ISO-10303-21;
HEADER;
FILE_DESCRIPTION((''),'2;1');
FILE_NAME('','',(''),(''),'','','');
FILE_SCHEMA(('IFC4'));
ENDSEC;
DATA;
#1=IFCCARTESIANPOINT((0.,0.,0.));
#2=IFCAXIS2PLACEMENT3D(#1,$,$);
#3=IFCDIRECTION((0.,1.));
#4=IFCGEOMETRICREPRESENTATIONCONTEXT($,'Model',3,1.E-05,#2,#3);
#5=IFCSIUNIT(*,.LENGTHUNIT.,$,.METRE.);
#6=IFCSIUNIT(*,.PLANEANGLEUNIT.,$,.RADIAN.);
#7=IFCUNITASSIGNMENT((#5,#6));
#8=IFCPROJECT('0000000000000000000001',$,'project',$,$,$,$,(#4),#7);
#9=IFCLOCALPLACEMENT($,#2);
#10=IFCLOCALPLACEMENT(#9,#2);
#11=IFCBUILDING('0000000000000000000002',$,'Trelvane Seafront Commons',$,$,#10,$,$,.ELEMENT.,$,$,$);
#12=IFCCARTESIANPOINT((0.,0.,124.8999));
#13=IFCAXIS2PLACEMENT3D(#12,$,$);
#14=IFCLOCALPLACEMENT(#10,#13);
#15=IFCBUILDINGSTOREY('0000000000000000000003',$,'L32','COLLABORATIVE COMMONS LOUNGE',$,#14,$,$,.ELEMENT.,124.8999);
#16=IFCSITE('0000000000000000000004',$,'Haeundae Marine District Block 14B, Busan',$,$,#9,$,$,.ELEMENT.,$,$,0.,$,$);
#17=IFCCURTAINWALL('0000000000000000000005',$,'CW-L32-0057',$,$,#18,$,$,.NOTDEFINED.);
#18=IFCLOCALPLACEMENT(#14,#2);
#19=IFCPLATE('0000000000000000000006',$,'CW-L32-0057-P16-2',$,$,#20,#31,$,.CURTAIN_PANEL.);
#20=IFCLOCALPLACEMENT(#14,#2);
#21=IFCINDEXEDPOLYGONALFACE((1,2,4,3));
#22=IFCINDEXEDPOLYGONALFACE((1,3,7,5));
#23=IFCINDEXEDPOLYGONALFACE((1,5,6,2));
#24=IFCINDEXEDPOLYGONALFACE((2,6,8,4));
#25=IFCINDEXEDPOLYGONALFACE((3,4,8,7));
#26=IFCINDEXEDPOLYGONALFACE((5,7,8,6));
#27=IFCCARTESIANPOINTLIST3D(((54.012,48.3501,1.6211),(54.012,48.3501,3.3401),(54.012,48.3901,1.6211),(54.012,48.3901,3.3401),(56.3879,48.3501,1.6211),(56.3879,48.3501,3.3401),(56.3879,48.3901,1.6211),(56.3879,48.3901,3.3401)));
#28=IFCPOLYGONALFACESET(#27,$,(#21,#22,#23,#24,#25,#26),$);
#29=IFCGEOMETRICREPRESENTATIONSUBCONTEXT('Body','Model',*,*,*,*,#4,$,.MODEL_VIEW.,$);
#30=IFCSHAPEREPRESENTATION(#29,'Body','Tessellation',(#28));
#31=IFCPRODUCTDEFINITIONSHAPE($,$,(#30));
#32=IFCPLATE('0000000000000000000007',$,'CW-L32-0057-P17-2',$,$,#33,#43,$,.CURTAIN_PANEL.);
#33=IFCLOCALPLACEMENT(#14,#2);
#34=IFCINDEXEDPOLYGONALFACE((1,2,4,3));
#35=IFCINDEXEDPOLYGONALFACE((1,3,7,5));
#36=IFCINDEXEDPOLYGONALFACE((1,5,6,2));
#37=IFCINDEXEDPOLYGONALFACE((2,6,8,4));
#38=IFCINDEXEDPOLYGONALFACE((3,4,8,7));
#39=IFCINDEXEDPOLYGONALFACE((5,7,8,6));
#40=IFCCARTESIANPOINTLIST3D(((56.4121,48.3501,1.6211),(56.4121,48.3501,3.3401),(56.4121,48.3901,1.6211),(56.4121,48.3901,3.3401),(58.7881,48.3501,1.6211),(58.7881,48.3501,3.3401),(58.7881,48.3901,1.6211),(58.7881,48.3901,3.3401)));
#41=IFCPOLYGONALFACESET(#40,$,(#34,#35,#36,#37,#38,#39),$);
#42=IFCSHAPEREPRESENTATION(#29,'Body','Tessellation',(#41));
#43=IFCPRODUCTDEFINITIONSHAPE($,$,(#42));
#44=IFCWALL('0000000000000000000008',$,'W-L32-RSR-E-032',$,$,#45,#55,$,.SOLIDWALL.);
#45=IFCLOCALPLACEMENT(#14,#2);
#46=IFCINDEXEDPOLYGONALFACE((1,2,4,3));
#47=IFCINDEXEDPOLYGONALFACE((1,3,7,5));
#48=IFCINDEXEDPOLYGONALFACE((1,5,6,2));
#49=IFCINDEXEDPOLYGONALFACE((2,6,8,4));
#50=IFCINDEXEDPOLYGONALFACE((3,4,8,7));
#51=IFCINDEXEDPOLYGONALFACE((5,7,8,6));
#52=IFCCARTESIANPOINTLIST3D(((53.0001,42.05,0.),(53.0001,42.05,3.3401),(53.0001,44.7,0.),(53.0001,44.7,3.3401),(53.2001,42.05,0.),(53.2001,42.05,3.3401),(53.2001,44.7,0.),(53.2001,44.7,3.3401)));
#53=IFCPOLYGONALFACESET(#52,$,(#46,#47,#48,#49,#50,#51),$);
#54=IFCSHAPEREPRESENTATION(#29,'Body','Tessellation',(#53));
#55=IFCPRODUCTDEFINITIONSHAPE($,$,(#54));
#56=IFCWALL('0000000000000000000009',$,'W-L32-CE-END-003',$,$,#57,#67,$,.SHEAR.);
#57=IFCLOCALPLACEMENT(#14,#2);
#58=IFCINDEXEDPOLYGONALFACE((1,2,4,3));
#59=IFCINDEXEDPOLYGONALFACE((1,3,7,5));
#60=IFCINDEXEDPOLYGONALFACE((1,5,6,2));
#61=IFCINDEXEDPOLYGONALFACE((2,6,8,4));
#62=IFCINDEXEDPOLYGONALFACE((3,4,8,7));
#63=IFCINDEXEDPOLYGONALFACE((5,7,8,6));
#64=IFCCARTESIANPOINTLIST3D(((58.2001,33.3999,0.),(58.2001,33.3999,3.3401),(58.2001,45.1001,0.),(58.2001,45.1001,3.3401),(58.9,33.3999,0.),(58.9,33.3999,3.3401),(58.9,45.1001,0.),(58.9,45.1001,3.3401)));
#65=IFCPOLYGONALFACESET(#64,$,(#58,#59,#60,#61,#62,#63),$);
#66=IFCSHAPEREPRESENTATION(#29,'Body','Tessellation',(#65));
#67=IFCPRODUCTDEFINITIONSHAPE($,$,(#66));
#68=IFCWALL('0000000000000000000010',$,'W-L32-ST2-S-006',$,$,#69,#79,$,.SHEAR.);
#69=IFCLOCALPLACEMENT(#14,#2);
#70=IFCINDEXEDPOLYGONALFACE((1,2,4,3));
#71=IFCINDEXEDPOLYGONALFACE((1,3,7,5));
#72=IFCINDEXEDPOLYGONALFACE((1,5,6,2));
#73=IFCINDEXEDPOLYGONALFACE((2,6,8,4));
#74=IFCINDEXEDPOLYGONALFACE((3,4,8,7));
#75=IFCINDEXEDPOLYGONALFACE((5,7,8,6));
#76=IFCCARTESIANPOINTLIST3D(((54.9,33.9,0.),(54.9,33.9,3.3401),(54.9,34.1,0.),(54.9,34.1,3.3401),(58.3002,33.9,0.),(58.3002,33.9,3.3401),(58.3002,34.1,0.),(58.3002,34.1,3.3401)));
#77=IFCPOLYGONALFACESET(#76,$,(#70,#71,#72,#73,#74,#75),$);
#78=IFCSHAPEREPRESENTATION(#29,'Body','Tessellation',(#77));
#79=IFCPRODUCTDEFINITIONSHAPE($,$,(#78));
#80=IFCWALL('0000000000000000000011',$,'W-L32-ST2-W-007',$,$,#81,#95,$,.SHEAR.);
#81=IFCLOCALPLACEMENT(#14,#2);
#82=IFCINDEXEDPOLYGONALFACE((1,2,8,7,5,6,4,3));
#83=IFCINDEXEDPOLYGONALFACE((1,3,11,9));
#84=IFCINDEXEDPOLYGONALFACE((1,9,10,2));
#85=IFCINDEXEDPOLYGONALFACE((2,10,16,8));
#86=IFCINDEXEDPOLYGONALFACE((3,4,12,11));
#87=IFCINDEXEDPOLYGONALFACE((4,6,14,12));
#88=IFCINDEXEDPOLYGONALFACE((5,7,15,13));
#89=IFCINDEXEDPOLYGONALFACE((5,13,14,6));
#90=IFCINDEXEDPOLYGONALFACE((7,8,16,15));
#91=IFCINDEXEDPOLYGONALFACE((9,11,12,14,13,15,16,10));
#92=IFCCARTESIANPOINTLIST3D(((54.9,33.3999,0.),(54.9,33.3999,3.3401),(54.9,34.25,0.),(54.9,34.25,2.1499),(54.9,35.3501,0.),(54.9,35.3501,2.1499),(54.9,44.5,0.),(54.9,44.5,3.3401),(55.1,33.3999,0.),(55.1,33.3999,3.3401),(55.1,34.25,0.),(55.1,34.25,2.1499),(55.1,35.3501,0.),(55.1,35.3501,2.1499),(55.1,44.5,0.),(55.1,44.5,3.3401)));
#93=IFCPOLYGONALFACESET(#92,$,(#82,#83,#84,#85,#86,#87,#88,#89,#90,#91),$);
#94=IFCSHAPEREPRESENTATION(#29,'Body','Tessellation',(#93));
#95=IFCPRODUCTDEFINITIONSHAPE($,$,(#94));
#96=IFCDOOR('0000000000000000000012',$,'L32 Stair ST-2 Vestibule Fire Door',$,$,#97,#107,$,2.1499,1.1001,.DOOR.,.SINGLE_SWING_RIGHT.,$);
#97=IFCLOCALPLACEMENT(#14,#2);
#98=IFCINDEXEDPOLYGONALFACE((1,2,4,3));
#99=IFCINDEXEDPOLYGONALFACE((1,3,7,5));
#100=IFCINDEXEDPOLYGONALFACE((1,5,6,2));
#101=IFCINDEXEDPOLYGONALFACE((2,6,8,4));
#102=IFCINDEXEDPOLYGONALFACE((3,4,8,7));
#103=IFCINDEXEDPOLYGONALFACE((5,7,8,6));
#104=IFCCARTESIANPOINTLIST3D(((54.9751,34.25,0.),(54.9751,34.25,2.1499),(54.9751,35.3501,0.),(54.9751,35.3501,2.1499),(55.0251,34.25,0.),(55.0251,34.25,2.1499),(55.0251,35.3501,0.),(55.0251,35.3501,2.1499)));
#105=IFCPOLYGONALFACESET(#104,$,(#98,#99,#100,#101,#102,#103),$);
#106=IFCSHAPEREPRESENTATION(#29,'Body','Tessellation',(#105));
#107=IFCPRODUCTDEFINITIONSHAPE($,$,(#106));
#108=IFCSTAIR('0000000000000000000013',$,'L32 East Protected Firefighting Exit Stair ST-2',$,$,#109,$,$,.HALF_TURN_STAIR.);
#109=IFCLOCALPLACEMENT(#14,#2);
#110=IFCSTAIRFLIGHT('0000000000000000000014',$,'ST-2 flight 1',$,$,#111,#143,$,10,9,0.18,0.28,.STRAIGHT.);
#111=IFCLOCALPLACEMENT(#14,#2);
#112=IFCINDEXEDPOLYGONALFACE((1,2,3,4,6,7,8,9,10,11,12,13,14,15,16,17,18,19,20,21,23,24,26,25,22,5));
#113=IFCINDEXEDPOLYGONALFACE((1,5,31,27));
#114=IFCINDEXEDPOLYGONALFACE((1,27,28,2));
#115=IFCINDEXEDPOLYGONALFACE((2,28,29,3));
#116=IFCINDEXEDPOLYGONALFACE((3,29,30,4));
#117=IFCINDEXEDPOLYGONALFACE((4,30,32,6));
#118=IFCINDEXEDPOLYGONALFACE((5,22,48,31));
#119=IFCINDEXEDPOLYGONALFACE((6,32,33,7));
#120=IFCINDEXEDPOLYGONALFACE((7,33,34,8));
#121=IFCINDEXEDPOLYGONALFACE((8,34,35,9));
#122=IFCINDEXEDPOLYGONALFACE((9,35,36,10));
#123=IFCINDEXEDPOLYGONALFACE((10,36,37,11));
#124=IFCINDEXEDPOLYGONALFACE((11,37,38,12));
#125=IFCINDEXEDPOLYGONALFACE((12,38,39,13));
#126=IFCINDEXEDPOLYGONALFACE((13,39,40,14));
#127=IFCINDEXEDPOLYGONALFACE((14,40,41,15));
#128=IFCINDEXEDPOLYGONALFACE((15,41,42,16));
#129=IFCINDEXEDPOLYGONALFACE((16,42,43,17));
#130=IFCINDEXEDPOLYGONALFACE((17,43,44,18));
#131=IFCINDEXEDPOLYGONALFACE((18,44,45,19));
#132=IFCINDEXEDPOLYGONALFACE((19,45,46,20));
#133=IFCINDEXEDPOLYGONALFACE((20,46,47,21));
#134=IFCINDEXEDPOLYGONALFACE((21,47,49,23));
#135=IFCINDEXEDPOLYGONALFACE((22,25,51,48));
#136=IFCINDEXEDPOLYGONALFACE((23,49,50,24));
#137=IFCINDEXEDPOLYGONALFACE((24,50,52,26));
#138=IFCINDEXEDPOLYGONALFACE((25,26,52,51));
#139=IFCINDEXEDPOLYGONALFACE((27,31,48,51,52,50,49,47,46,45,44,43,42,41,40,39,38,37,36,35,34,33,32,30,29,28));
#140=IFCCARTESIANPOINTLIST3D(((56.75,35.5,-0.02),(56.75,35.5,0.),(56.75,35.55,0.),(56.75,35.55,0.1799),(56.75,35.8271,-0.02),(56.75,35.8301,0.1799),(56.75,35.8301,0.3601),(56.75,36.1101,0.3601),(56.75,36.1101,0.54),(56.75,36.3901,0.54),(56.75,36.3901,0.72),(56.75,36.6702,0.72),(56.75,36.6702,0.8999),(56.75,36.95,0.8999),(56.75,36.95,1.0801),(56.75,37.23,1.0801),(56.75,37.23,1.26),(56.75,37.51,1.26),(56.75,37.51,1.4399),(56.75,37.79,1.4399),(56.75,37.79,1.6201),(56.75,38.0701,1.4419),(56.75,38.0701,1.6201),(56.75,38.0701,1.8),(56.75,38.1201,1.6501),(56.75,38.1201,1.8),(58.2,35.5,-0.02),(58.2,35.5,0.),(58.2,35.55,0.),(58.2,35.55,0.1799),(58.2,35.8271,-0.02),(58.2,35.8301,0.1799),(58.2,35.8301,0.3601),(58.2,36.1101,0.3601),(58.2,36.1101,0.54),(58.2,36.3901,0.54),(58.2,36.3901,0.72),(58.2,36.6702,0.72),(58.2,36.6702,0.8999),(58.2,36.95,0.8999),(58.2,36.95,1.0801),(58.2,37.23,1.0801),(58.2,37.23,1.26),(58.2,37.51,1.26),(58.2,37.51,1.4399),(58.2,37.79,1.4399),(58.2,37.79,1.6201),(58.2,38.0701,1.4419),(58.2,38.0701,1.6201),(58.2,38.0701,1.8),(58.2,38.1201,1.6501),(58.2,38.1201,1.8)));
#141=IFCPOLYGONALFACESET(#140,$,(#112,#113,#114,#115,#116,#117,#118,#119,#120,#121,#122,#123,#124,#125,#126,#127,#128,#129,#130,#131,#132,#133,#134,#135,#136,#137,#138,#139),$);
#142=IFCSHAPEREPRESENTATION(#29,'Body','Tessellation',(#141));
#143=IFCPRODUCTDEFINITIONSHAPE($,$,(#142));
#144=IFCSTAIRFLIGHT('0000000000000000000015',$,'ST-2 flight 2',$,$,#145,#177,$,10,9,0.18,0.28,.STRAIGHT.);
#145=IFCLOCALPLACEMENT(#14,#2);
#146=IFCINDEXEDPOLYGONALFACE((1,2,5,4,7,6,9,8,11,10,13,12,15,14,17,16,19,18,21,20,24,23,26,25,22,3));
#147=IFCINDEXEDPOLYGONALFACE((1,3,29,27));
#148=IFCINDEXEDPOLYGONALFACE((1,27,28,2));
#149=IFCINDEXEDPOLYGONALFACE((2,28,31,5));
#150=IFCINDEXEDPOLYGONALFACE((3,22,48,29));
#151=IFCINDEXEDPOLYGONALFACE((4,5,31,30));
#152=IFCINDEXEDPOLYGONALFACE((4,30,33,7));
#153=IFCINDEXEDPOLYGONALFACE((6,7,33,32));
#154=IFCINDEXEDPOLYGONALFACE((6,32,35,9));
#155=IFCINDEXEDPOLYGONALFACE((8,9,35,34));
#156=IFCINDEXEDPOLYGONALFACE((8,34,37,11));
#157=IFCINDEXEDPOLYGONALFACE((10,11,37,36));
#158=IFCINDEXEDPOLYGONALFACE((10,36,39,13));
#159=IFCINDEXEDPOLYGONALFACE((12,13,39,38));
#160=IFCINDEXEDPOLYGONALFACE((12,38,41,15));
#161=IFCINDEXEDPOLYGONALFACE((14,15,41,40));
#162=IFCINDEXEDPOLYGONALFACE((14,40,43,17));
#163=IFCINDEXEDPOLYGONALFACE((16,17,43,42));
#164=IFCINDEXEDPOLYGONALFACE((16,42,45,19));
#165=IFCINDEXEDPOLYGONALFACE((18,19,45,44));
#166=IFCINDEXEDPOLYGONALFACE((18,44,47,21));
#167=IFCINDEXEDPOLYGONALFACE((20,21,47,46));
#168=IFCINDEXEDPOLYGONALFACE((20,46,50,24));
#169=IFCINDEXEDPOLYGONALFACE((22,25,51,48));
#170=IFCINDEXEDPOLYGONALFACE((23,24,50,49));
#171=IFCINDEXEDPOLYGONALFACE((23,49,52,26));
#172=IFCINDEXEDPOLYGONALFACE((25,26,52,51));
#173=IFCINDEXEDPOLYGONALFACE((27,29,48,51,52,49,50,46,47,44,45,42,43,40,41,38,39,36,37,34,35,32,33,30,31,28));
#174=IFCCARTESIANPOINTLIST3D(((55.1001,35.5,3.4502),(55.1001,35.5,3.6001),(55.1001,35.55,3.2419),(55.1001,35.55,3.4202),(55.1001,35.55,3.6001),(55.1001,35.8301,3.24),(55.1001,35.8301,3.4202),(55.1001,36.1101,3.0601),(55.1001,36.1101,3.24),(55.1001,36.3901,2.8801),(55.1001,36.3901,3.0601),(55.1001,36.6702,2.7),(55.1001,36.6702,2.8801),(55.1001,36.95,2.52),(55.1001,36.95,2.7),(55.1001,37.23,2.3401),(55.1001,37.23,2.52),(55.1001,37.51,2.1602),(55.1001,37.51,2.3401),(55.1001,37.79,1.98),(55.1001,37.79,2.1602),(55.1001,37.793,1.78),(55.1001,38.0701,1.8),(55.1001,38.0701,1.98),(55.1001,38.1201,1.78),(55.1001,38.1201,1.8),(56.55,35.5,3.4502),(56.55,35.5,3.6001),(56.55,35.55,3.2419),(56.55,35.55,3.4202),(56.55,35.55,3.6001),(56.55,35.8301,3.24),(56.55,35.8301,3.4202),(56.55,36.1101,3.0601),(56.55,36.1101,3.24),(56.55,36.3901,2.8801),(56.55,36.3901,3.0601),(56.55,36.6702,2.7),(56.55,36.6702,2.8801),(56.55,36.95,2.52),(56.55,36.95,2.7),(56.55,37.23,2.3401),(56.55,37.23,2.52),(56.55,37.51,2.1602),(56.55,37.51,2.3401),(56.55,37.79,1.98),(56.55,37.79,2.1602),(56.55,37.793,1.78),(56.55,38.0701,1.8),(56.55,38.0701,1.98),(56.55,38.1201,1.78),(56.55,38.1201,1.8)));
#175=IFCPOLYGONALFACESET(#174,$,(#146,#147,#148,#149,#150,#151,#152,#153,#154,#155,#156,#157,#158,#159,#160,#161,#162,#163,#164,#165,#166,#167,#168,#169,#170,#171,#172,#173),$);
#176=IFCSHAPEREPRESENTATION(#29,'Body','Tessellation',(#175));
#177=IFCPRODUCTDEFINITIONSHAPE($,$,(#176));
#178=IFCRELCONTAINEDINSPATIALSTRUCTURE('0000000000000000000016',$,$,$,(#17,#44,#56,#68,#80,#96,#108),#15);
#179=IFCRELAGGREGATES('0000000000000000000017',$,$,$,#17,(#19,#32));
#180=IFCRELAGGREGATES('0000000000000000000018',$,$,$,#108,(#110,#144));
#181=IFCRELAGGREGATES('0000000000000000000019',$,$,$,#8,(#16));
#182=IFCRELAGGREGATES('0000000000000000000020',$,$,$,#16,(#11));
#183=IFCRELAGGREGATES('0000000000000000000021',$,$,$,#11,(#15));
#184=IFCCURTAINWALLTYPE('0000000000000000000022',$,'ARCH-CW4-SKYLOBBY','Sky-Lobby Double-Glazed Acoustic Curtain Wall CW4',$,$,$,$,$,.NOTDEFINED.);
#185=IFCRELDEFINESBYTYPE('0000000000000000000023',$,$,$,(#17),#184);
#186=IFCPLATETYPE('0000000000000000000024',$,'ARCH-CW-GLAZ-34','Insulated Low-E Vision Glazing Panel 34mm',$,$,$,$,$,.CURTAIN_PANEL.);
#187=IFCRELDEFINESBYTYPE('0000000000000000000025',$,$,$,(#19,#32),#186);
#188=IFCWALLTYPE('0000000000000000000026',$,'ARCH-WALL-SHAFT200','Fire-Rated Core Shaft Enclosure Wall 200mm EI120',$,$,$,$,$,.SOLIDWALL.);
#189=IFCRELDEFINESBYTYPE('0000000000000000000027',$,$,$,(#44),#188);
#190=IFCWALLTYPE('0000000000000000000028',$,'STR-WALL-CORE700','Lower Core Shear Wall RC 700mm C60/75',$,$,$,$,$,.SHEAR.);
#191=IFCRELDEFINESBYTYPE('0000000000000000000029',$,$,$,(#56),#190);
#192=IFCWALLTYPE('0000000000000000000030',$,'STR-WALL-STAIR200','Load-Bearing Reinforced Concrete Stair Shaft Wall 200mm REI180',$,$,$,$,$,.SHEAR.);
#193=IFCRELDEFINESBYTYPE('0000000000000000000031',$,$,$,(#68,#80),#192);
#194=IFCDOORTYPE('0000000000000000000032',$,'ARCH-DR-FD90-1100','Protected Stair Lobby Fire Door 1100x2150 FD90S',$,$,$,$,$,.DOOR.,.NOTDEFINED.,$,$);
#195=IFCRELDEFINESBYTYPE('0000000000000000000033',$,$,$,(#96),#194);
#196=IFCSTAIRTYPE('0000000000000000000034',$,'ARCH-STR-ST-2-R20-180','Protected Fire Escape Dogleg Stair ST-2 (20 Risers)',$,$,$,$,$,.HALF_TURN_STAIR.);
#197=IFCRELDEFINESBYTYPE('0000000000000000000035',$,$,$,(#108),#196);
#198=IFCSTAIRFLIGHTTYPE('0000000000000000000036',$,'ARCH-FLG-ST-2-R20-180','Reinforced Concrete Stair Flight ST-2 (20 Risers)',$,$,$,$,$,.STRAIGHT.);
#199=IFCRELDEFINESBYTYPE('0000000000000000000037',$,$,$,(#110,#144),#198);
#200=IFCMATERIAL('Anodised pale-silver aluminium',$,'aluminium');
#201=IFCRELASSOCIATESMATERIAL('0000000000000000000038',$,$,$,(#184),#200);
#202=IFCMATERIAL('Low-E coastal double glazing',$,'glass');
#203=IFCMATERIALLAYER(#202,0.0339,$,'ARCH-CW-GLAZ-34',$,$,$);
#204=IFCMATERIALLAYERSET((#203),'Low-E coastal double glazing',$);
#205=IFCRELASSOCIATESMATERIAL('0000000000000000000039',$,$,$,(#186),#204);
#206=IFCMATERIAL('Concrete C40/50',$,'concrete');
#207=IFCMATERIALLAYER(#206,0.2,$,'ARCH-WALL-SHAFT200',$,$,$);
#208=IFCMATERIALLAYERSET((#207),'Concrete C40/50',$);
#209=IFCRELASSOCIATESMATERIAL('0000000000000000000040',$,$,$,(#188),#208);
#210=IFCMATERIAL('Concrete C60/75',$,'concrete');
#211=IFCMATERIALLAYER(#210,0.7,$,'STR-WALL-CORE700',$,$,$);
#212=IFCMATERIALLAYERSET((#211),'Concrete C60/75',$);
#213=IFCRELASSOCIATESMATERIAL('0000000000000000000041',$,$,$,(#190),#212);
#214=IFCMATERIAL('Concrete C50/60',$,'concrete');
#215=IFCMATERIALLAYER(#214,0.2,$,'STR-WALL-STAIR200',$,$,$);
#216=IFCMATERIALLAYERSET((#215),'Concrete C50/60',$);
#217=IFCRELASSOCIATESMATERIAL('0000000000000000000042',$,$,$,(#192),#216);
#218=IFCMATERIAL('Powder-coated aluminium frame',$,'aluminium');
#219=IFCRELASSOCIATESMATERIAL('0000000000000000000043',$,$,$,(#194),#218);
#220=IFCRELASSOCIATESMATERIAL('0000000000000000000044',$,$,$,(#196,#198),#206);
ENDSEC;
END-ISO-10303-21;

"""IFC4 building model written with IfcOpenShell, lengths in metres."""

from ifc_helpers import new_model, si_unit, direction, frame, frame_2d, origin, origin_2d, place, context, subcontext, project, spatial, polyline, rectangle, outline, extrude, source, transform, mapped, material, layer, layer_set, type_object, element, fill, aggregate, save


model = new_model("IFC4")

# Units and contexts
model_context = context("Model", 3, precision=1e-05, world=origin(), true_north=direction((0.0, 1.0)))
body_context = subcontext(model_context, "Body", "Model", "MODEL_VIEW")
ifc_project = project(units=[si_unit("LENGTHUNIT", "METRE"), si_unit("PLANEANGLEUNIT", "RADIAN")], contexts=[model_context])

# Site, building, storey
site_placement = place(None, origin())
site = spatial("IfcSite", under=ifc_project, at=site_placement, Name="Haeundae Marine District Block 14B, Busan", CompositionType="ELEMENT", RefElevation=0.0)
building_placement = place(site_placement, origin())
building = spatial("IfcBuilding", under=site, at=building_placement, Name="Trelvane Seafront Commons", CompositionType="ELEMENT")
storey_placement = place(building_placement, frame((0.0, 0.0, 124.8999)))
storey = spatial("IfcBuildingStorey", under=building, at=storey_placement, Name="L32", Description="COLLABORATIVE COMMONS LOUNGE", CompositionType="ELEMENT", Elevation=124.8999)

# Shared definitions
ifc_material_1 = material(Name="Concrete C60/75", Category="concrete")

# Curtain wall
ifc_material_2 = material(Name="Anodised pale-silver aluminium", Category="aluminium")
curtain_wall_type = type_object("IfcCurtainWallType", Name="ARCH-CW4-SKYLOBBY", Description="Sky-Lobby Double-Glazed Acoustic Curtain Wall CW4", PredefinedType="NOTDEFINED", material=ifc_material_2)
curtain_wall_placement = place(storey_placement, origin())
curtain_wall = element("IfcCurtainWall", 1, at=curtain_wall_placement, inside=storey, type_object=curtain_wall_type, Name="CW-L32-0057", PredefinedType="NOTDEFINED")

# Plates
ifc_material_3 = material(Name="Low-E coastal double glazing", Category="glass")
ifc_layer_1 = layer(ifc_material_3, 0.0339, Name="ARCH-CW-GLAZ-34")
ifc_layer_set_1 = layer_set([ifc_layer_1], Name="Low-E coastal double glazing")
plate_type_1 = type_object("IfcPlateType", Name="ARCH-CW-GLAZ-34", Description="Insulated Low-E Vision Glazing Panel 34mm", PredefinedType="CURTAIN_PANEL", material=ifc_layer_set_1)
shared_shape_1 = source(origin(), body_context, "Body", "SweptSolid", [
    extrude(rectangle(XDim=2.376, YDim=0.04, at=origin_2d()), origin(), (0.0, 0.0, 1.0), 1.719),
])
plate_1_placement = place(storey_placement, frame((55.2, 48.3701, 1.6211), z_axis=(0.0, 0.0, 1.0), x_axis=(1.0, 0.0, 0.0)))
plate_1 = element("IfcPlate", 2, at=plate_1_placement, type_object=plate_type_1, Name="CW-L32-0057-P16-2", PredefinedType="CURTAIN_PANEL", context=body_context, shape_type="MappedRepresentation", body=[
    mapped(shared_shape_1, transform((0.0, 0.0, 0.0), x_axis=(1.0, 0.0, 0.0), y_axis=(0.0, 1.0, 0.0), z_axis=(0.0, 0.0, 1.0), scale=1.0)),
])
plate_2_placement = place(storey_placement, frame((57.6001, 48.3701, 1.6211), z_axis=(0.0, 0.0, 1.0), x_axis=(1.0, 0.0, 0.0)))
plate_2 = element("IfcPlate", 3, at=plate_2_placement, type_object=plate_type_1, Name="CW-L32-0057-P17-2", PredefinedType="CURTAIN_PANEL", context=body_context, shape_type="MappedRepresentation", body=[
    mapped(shared_shape_1, transform((0.0, 0.0, 0.0), x_axis=(1.0, 0.0, 0.0), y_axis=(0.0, 1.0, 0.0), z_axis=(0.0, 0.0, 1.0), scale=1.0)),
])
aggregate(curtain_wall, [plate_1, plate_2])

# Walls
ifc_material_4 = material(Name="Concrete C40/50", Category="concrete")
ifc_layer_2 = layer(ifc_material_4, 0.2, Name="ARCH-WALL-SHAFT200")
ifc_layer_set_2 = layer_set([ifc_layer_2], Name="Concrete C40/50")
wall_type_1 = type_object("IfcWallType", Name="ARCH-WALL-SHAFT200", Description="Fire-Rated Core Shaft Enclosure Wall 200mm EI120", PredefinedType="SOLIDWALL", material=ifc_layer_set_2)
wall_1_placement = place(storey_placement, frame((53.1001, 42.05, 0.0), z_axis=(0.0, 0.0, 1.0), x_axis=(0.0, 1.0, 0.0)))
element("IfcWall", 4, at=wall_1_placement, inside=storey, type_object=wall_type_1, Name="W-L32-RSR-E-032", PredefinedType="SOLIDWALL", context=body_context, shape_type="SweptSolid", body=[
    extrude(rectangle(XDim=2.6499, YDim=0.2, at=frame_2d((1.325, 0.0))), origin(), (0.0, 0.0, 1.0), 3.3401),
])
ifc_layer_3 = layer(ifc_material_1, 0.7, Name="STR-WALL-CORE700")
ifc_layer_set_3 = layer_set([ifc_layer_3], Name="Concrete C60/75")
wall_type_2 = type_object("IfcWallType", Name="STR-WALL-CORE700", Description="Lower Core Shear Wall RC 700mm C60/75", PredefinedType="SHEAR", material=ifc_layer_set_3)
wall_2_placement = place(storey_placement, frame((58.55, 33.3999, 0.0), z_axis=(0.0, 0.0, 1.0), x_axis=(0.0, 1.0, 0.0)))
element("IfcWall", 5, at=wall_2_placement, inside=storey, type_object=wall_type_2, Name="W-L32-CE-END-003", PredefinedType="SHEAR", context=body_context, shape_type="SweptSolid", body=[
    extrude(rectangle(XDim=11.7002, YDim=0.7, at=frame_2d((5.8501, 0.0))), origin(), (0.0, 0.0, 1.0), 3.3401),
])
ifc_material_5 = material(Name="Concrete C50/60", Category="concrete")
ifc_layer_4 = layer(ifc_material_5, 0.2, Name="STR-WALL-STAIR200")
ifc_layer_set_4 = layer_set([ifc_layer_4], Name="Concrete C50/60")
wall_type_3 = type_object("IfcWallType", Name="STR-WALL-STAIR200", Description="Load-Bearing Reinforced Concrete Stair Shaft Wall 200mm REI180", PredefinedType="SHEAR", material=ifc_layer_set_4)
wall_3_placement = place(storey_placement, frame((54.8999, 34.0, 0.0), z_axis=(0.0, 0.0, 1.0), x_axis=(1.0, 0.0, 0.0)))
element("IfcWall", 6, at=wall_3_placement, inside=storey, type_object=wall_type_3, Name="W-L32-ST2-S-006", PredefinedType="SHEAR", context=body_context, shape_type="SweptSolid", body=[
    extrude(rectangle(XDim=3.4001, YDim=0.2, at=frame_2d((1.7002, 0.0))), origin(), (0.0, 0.0, 1.0), 3.3401),
])

# Wall, opening, door
wall_4_placement = place(storey_placement, frame((55.0, 33.3999, 0.0), z_axis=(0.0, 0.0, 1.0), x_axis=(0.0, 1.0, 0.0)))
wall_4 = element("IfcWall", 7, at=wall_4_placement, inside=storey, type_object=wall_type_3, Name="W-L32-ST2-W-007", PredefinedType="SHEAR", context=body_context, shape_type="SweptSolid", body=[
    extrude(rectangle(XDim=11.1001, YDim=0.2, at=frame_2d((5.55, 0.0))), origin(), (0.0, 0.0, 1.0), 3.3401),
])
opening_placement = place(wall_4_placement, frame((0.8501, 0.0, 0.0)))
opening = element("IfcOpeningElement", 8, at=opening_placement, cuts=wall_4, PredefinedType="OPENING", context=body_context, shape_type="SweptSolid", body=[
    extrude(rectangle(XDim=1.1001, YDim=2.1499, at=frame_2d((0.55, 1.075))), frame((0.0, 0.1099, 0.0), z_axis=(0.0, -1.0, 0.0), x_axis=(1.0, 0.0, 0.0)), (0.0, 0.0, 1.0), 0.22),
])
ifc_material_6 = material(Name="Powder-coated aluminium frame", Category="aluminium")
door_type = type_object("IfcDoorType", Name="ARCH-DR-FD90-1100", Description="Protected Stair Lobby Fire Door 1100x2150 FD90S", OperationType="NOTDEFINED", PredefinedType="DOOR", material=ifc_material_6)
shared_shape_2 = source(origin(), body_context, "Body", "SweptSolid", [
    extrude(rectangle(XDim=1.1001, YDim=2.1499, at=frame_2d((0.55, 1.075))), frame((0.0, 0.0249, 0.0), z_axis=(0.0, -1.0, 0.0), x_axis=(1.0, 0.0, 0.0)), (0.0, 0.0, 1.0), 0.05),
])
door_placement = place(opening_placement, origin())
door = element("IfcDoor", 9, at=door_placement, inside=storey, type_object=door_type, Name="L32 Stair ST-2 Vestibule Fire Door", OperationType="SINGLE_SWING_RIGHT", OverallHeight=2.1499, OverallWidth=1.1001, PredefinedType="DOOR", context=body_context, shape_type="MappedRepresentation", body=[
    mapped(shared_shape_2, transform((0.0, 0.0, 0.0), x_axis=(1.0, 0.0, 0.0), y_axis=(0.0, 1.0, 0.0), z_axis=(0.0, 0.0, 1.0), scale=1.0)),
])
fill(opening, door)

# Stair, stair flights
stair_type = type_object("IfcStairType", Name="ARCH-STR-ST-2-R20-180", Description="Protected Fire Escape Dogleg Stair ST-2 (20 Risers)", PredefinedType="HALF_TURN_STAIR", material=ifc_material_4)
stair_placement = place(storey_placement, origin())
stair = element("IfcStair", 10, at=stair_placement, inside=storey, type_object=stair_type, Name="L32 East Protected Firefighting Exit Stair ST-2", PredefinedType="HALF_TURN_STAIR")
stair_flight_type = type_object("IfcStairFlightType", Name="ARCH-FLG-ST-2-R20-180", Description="Reinforced Concrete Stair Flight ST-2 (20 Risers)", PredefinedType="STRAIGHT", material=ifc_material_4)
shared_shape_3 = source(origin(), body_context, "Body", "SweptSolid", [
    extrude(outline(polyline([(-0.05, -0.02), (-0.05, 0.0), (0.0, 0.0), (0.0, 0.1799), (0.28, 0.1799), (0.28, 0.3601), (0.5601, 0.3601), (0.5601, 0.54), (0.8401, 0.54), (0.8401, 0.72), (1.1201, 0.72), (1.1201, 0.8999), (1.3999, 0.8999), (1.3999, 1.0801), (1.6799, 1.0801), (1.6799, 1.26), (1.96, 1.26), (1.96, 1.4399), (2.24, 1.4399), (2.24, 1.6201), (2.52, 1.6201), (2.52, 1.8), (2.5701, 1.8), (2.5701, 1.6501), (2.52, 1.4419), (0.2771, -0.02), (-0.05, -0.02)])), frame((0.0, 0.7251, 0.0), z_axis=(0.0, -1.0, 0.0), x_axis=(1.0, 0.0, 0.0)), (0.0, 0.0, 1.0), 1.45),
])
stair_flight_1_placement = place(storey_placement, frame((57.4751, 35.55, 0.0), z_axis=(0.0, 0.0, 1.0), x_axis=(0.0, 1.0, 0.0)))
stair_flight_1 = element("IfcStairFlight", 11, at=stair_flight_1_placement, type_object=stair_flight_type, Name="ST-2 flight 1", NumberOfRisers=10, NumberOfTreads=9, PredefinedType="STRAIGHT", RiserHeight=0.18, TreadLength=0.28, context=body_context, shape_type="MappedRepresentation", body=[
    mapped(shared_shape_3, transform((0.0, 0.0, 0.0), x_axis=(1.0, 0.0, 0.0), y_axis=(0.0, 1.0, 0.0), z_axis=(0.0, 0.0, 1.0), scale=1.0)),
])
stair_flight_2_placement = place(storey_placement, frame((55.825, 38.0701, 1.8), z_axis=(0.0, 0.0, 1.0), x_axis=(0.0, -1.0, 0.0)))
stair_flight_2 = element("IfcStairFlight", 12, at=stair_flight_2_placement, type_object=stair_flight_type, Name="ST-2 flight 2", NumberOfRisers=10, NumberOfTreads=9, PredefinedType="STRAIGHT", RiserHeight=0.18, TreadLength=0.28, context=body_context, shape_type="MappedRepresentation", body=[
    mapped(shared_shape_3, transform((0.0, 0.0, 0.0), x_axis=(1.0, 0.0, 0.0), y_axis=(0.0, 1.0, 0.0), z_axis=(0.0, 0.0, 1.0), scale=1.0)),
])
aggregate(stair, [stair_flight_1, stair_flight_2])

save(model, "model.ifc")
